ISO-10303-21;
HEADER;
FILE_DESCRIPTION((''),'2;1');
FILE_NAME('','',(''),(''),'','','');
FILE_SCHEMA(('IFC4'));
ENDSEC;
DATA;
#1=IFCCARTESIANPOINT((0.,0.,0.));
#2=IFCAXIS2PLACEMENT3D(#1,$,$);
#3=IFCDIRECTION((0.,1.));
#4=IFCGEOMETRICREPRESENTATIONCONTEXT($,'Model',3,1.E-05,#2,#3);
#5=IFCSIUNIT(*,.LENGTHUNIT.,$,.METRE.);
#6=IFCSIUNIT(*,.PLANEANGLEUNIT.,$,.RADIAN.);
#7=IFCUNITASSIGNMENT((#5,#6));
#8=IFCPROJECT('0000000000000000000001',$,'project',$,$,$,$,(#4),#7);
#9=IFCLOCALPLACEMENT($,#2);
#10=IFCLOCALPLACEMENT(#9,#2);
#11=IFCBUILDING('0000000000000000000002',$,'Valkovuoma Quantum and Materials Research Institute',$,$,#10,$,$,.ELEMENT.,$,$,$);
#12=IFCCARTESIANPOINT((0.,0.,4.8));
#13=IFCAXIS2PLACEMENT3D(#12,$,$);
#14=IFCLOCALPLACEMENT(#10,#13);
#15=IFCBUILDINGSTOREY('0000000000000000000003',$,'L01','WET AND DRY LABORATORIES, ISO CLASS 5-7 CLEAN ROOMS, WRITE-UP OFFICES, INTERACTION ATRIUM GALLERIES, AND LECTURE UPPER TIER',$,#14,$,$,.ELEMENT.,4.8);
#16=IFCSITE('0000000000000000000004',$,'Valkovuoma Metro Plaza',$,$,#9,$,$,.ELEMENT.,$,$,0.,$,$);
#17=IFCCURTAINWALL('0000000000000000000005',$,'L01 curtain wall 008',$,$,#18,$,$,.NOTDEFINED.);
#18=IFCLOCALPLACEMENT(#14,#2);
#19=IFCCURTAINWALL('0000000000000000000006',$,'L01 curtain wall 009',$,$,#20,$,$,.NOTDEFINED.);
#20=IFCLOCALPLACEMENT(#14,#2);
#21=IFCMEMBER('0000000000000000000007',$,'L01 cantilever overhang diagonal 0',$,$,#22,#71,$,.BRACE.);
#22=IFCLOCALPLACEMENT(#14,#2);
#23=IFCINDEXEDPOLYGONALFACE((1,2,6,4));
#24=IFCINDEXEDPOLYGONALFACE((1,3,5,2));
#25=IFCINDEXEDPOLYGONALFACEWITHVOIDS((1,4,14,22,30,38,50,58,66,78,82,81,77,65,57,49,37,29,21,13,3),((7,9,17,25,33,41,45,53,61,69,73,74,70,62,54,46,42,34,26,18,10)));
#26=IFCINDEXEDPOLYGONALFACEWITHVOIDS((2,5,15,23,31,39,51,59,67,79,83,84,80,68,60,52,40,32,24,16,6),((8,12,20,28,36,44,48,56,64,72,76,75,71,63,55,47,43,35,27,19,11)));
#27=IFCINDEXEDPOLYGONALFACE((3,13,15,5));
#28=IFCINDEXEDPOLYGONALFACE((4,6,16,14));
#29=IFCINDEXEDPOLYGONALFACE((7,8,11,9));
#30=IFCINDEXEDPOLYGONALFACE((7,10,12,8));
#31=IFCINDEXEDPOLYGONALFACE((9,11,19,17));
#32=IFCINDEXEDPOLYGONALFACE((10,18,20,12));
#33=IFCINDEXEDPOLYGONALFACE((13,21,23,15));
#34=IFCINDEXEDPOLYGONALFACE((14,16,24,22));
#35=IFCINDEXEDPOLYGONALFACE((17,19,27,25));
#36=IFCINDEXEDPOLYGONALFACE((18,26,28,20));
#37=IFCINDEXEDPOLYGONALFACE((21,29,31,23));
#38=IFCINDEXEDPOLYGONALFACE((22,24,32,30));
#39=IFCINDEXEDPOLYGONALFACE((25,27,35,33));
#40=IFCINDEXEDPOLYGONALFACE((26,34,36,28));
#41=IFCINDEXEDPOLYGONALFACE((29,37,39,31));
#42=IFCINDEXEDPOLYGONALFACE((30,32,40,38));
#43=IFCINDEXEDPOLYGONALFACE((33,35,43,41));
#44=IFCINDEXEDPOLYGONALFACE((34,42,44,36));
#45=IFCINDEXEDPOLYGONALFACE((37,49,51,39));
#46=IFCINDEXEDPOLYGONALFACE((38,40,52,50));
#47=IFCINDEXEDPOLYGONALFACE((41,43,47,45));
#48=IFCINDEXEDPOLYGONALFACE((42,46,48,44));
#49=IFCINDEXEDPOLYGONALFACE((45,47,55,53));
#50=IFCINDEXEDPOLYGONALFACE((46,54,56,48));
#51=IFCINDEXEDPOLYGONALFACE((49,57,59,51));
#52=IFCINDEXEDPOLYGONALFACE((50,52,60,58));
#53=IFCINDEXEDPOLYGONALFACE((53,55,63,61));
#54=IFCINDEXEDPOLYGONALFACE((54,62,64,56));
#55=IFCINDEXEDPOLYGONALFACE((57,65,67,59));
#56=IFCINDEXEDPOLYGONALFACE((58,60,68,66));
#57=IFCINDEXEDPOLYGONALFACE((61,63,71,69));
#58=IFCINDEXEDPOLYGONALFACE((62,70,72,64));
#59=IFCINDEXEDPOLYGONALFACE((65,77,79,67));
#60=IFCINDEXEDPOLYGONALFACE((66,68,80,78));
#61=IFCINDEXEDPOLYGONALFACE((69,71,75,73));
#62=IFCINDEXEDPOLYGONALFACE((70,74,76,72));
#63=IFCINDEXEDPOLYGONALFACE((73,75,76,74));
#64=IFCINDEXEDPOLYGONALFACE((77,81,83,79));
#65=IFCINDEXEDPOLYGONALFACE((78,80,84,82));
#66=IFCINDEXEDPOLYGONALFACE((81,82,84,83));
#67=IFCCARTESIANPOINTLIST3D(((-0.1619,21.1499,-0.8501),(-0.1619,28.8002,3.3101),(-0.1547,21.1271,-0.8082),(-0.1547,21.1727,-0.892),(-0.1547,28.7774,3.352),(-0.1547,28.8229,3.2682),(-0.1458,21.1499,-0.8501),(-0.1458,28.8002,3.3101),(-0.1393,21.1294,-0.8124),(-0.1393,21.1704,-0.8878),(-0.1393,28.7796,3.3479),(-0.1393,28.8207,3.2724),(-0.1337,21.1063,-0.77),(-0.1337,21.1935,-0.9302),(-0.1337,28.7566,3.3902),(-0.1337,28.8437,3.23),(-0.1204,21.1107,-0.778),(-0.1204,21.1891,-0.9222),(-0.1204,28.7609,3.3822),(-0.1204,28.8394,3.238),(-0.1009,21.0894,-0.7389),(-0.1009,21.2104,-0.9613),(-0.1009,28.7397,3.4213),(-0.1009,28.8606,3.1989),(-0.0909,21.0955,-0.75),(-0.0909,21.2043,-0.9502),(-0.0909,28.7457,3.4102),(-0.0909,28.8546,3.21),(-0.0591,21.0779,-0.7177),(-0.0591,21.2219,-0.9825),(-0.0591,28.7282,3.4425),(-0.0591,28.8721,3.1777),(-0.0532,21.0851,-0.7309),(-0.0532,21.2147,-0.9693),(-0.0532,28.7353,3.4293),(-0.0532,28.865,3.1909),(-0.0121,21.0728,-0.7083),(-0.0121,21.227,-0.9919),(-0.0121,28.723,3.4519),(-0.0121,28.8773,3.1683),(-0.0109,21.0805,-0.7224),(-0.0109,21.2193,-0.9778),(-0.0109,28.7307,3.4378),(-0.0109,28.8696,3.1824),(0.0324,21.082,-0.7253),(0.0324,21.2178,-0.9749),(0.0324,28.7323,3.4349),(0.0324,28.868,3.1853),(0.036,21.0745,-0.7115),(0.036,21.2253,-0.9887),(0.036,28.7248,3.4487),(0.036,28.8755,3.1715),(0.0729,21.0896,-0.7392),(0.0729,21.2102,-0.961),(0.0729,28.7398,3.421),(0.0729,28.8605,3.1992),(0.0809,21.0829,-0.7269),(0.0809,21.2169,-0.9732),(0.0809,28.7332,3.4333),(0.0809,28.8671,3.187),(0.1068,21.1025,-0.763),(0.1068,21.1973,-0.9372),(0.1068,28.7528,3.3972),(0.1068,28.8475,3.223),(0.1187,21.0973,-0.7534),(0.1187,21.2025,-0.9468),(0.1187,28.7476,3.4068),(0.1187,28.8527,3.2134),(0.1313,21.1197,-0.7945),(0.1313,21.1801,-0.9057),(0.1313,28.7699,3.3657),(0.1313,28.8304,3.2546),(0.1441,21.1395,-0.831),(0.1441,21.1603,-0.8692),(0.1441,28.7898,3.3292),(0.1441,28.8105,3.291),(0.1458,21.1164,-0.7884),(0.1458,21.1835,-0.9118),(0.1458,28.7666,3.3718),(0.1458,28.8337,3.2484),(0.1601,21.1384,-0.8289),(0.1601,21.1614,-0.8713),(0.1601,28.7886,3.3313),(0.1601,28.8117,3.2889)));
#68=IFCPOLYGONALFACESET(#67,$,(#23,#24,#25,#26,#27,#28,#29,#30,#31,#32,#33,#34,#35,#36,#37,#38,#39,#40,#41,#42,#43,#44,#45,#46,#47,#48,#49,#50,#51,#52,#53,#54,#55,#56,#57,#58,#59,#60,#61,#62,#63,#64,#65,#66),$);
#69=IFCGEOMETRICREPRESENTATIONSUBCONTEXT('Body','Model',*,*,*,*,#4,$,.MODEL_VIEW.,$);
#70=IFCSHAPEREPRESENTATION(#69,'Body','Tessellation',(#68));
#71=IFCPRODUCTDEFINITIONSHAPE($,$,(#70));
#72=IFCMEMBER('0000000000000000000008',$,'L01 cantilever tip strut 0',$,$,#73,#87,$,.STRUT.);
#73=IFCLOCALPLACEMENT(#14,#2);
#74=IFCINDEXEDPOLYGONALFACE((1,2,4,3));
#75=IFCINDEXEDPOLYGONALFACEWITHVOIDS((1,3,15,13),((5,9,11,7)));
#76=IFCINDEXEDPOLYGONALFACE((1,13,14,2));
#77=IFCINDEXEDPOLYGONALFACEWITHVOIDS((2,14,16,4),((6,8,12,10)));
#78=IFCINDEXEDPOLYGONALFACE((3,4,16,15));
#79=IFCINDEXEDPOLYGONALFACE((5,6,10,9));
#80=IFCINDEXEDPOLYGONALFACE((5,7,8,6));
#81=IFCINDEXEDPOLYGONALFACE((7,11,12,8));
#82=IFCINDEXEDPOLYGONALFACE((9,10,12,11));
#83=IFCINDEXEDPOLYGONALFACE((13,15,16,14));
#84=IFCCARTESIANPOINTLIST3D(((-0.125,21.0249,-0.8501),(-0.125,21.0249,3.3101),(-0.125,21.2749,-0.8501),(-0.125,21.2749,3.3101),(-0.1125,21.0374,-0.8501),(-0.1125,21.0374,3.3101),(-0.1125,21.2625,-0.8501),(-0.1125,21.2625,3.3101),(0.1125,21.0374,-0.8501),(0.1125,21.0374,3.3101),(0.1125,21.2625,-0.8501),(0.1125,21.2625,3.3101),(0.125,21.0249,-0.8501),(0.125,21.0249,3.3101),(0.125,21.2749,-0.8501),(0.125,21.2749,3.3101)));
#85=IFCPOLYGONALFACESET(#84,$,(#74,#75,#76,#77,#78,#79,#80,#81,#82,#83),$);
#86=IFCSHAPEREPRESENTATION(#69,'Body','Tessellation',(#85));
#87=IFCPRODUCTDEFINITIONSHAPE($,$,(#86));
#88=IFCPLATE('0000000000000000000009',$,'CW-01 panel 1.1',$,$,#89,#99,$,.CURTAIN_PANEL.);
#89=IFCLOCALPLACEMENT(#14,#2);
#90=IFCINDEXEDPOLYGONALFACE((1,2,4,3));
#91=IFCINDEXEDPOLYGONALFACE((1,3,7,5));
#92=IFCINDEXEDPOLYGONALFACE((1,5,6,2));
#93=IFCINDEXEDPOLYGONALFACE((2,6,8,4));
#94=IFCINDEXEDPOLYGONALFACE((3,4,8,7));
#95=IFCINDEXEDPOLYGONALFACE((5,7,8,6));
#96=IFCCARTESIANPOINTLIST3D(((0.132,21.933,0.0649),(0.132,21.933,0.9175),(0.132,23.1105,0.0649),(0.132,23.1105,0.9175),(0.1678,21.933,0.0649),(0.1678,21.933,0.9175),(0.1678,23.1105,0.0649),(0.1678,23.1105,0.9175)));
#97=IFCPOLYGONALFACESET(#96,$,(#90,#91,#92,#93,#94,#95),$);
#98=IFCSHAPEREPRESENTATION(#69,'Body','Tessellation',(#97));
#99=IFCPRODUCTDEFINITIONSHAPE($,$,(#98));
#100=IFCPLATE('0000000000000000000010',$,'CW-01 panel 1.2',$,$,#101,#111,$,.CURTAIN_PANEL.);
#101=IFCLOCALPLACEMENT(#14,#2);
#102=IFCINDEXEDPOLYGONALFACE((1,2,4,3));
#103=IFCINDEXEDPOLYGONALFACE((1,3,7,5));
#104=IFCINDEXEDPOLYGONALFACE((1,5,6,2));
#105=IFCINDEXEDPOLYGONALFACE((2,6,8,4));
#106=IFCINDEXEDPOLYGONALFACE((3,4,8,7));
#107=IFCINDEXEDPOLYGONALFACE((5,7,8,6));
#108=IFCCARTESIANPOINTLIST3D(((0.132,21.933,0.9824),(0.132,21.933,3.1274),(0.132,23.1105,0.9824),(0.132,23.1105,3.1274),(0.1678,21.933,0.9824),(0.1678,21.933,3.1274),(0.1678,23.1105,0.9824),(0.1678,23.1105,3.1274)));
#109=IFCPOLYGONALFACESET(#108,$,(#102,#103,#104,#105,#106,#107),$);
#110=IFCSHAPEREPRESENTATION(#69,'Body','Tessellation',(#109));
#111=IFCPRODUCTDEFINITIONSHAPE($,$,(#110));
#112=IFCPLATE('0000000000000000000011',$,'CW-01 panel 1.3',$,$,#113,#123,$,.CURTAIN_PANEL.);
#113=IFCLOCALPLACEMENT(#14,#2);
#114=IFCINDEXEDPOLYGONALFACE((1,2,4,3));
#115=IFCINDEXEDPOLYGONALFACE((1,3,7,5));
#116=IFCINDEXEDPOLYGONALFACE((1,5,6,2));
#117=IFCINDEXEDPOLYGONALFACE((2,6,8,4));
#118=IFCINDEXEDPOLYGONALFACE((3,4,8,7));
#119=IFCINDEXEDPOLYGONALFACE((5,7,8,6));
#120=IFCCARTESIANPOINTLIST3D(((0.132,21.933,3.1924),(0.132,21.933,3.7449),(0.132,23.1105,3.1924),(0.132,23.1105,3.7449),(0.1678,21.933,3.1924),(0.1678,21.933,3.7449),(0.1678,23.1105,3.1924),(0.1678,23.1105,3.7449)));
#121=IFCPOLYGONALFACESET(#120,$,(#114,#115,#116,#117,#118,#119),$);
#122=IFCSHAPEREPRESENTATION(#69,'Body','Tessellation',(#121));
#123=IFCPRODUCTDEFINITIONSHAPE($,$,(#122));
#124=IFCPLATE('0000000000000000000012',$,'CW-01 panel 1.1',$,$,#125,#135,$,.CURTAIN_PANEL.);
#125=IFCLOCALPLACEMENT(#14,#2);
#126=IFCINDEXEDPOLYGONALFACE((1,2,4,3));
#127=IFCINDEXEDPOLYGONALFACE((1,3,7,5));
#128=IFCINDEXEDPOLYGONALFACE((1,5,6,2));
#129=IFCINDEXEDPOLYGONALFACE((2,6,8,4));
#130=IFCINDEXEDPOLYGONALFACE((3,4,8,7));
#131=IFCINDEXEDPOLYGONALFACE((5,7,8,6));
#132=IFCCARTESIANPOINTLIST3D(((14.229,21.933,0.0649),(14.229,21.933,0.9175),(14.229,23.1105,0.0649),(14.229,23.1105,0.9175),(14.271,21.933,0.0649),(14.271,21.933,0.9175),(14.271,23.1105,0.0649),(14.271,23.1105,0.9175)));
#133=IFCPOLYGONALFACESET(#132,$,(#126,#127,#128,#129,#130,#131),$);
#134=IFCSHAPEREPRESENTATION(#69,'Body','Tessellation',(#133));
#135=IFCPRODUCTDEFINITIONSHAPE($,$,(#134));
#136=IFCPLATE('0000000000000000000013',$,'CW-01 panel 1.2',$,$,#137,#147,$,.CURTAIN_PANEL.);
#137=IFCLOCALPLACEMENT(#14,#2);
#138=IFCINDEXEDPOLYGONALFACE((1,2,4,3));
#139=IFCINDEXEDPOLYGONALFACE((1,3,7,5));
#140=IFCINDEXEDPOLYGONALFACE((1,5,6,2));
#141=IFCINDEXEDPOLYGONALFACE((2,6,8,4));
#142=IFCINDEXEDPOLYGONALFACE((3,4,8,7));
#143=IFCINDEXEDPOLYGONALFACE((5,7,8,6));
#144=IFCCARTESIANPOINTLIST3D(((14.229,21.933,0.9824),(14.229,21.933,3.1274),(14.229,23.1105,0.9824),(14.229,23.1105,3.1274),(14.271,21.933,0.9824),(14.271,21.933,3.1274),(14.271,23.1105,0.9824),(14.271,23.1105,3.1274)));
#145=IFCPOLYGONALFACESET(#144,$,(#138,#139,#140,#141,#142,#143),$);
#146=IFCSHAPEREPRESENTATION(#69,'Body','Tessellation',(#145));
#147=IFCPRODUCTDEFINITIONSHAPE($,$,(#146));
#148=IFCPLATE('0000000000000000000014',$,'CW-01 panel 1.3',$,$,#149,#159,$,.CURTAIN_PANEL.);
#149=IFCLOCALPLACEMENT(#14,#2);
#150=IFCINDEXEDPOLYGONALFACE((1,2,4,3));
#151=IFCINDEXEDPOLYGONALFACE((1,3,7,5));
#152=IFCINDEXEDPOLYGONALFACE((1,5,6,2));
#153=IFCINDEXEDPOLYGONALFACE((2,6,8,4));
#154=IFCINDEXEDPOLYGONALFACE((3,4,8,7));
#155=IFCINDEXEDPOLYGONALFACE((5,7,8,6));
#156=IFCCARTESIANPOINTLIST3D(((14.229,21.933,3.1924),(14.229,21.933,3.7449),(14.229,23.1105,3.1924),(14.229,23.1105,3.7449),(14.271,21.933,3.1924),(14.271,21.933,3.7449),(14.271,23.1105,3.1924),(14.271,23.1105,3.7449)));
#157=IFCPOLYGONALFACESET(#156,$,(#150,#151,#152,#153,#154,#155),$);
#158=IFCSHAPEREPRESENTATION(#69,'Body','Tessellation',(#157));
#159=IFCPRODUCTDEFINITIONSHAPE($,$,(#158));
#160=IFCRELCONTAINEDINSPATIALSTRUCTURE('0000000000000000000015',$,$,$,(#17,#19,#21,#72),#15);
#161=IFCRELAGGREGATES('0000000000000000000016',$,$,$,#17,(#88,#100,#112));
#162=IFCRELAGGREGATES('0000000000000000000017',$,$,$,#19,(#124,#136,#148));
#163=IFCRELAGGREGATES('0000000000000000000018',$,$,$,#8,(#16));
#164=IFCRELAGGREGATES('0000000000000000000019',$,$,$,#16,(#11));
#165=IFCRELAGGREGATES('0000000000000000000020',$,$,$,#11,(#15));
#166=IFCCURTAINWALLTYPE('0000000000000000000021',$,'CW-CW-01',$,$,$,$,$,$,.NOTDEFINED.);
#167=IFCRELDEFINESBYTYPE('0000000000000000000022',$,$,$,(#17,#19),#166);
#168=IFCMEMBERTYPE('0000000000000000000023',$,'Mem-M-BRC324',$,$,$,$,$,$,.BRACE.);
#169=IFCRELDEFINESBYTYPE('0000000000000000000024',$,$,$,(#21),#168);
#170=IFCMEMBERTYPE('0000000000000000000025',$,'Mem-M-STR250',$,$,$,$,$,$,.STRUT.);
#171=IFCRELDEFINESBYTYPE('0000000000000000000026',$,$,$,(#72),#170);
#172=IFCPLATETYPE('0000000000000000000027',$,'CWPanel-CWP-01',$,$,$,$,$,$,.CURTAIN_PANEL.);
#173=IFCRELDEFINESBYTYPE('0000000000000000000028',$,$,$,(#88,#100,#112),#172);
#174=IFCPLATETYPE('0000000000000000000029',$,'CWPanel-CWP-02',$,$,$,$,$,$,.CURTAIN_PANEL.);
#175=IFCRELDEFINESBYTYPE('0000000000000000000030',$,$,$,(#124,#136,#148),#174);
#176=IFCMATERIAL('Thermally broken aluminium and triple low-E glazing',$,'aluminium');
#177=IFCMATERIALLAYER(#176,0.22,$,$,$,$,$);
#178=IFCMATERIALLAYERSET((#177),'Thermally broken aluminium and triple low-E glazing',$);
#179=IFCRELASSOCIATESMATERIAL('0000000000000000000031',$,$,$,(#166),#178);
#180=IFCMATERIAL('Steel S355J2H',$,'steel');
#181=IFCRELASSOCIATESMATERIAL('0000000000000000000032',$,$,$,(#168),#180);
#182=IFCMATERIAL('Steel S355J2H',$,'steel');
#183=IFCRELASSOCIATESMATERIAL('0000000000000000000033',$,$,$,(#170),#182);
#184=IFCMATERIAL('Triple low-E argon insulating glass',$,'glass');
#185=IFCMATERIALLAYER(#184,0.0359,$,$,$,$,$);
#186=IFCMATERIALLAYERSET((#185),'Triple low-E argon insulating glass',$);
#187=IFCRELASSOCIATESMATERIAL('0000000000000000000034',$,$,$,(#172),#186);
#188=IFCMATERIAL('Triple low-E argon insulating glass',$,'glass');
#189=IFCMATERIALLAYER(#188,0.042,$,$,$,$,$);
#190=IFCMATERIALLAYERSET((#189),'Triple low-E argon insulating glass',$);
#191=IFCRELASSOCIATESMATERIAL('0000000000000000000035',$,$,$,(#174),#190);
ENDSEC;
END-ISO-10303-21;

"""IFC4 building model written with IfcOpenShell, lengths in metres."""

from ifc_helpers import new_model, si_unit, direction, frame, origin, origin_2d, place, context, subcontext, project, spatial, rectangle, hollow_rectangle, hollow_circle, extrude, material, layer, layer_set, material_profile, profile_set, type_object, element, aggregate, save


model = new_model("IFC4")

# Units and contexts
model_context = context("Model", 3, precision=1e-05, world=origin(), true_north=direction((0.0, 1.0)))
body_context = subcontext(model_context, "Body", "Model", "MODEL_VIEW")
ifc_project = project(units=[si_unit("LENGTHUNIT", "METRE"), si_unit("PLANEANGLEUNIT", "RADIAN")], contexts=[model_context])

# Site, building, storey
site_placement = place(None, origin())
site = spatial("IfcSite", under=ifc_project, at=site_placement, Name="Valkovuoma Metro Plaza", CompositionType="ELEMENT", RefElevation=0.0)
building_placement = place(site_placement, origin())
building = spatial("IfcBuilding", under=site, at=building_placement, Name="Valkovuoma Quantum and Materials Research Institute", CompositionType="ELEMENT")
storey_placement = place(building_placement, frame((0.0, 0.0, 4.8)))
storey = spatial("IfcBuildingStorey", under=building, at=storey_placement, Name="L01", Description="WET AND DRY LABORATORIES, ISO CLASS 5-7 CLEAN ROOMS, WRITE-UP OFFICES, INTERACTION ATRIUM GALLERIES, AND LECTURE UPPER TIER", CompositionType="ELEMENT", Elevation=4.8)

# Curtain wall
ifc_material_1 = material(Name="Thermally broken aluminium and triple low-E glazing", Category="aluminium")
ifc_layer_1 = layer(ifc_material_1, 0.22)
ifc_layer_set_1 = layer_set([ifc_layer_1], Name="Thermally broken aluminium and triple low-E glazing")
curtain_wall_type = type_object("IfcCurtainWallType", Name="CW-CW-01", PredefinedType="NOTDEFINED", material=ifc_layer_set_1)
curtain_wall_1_placement = place(storey_placement, origin())
curtain_wall_1 = element("IfcCurtainWall", 1, at=curtain_wall_1_placement, inside=storey, type_object=curtain_wall_type, Name="L01 curtain wall 008", PredefinedType="NOTDEFINED")

# Curtain wall
curtain_wall_2_placement = place(storey_placement, origin())
curtain_wall_2 = element("IfcCurtainWall", 2, at=curtain_wall_2_placement, inside=storey, type_object=curtain_wall_type, Name="L01 curtain wall 009", PredefinedType="NOTDEFINED")

# Members
ifc_material_2 = material(Name="Steel S355J2H", Category="steel")
ifc_material_profile_1 = material_profile(ifc_material_2, hollow_circle(Radius=0.1619, WallThickness=0.0161, at=origin_2d()), Name="Steel S355J2H")
ifc_profile_set_1 = profile_set([ifc_material_profile_1], Name="Steel S355J2H")
member_type_1 = type_object("IfcMemberType", Name="Mem-M-BRC324", PredefinedType="BRACE", material=ifc_profile_set_1)
member_1_placement = place(storey_placement, frame((0.0, 21.1499, -0.8501), z_axis=(0.0, 0.878506, 0.477732), x_axis=(-1.0, 0.0, 0.0)))
element("IfcMember", 3, at=member_1_placement, inside=storey, type_object=member_type_1, Name="L01 cantilever overhang diagonal 0", PredefinedType="BRACE", context=body_context, shape_type="SweptSolid", body=[
    extrude(hollow_circle(Radius=0.1619, WallThickness=0.0161, at=origin_2d()), origin(), (0.0, 0.0, 1.0), 8.7083),
])
ifc_material_3 = material(Name="Steel S355J2H", Category="steel")
ifc_material_profile_2 = material_profile(ifc_material_3, hollow_rectangle(XDim=0.25, YDim=0.25, WallThickness=0.0125, at=origin_2d()), Name="Steel S355J2H")
ifc_profile_set_2 = profile_set([ifc_material_profile_2], Name="Steel S355J2H")
member_type_2 = type_object("IfcMemberType", Name="Mem-M-STR250", PredefinedType="STRUT", material=ifc_profile_set_2)
member_2_placement = place(storey_placement, frame((0.0, 21.1499, -0.8501), z_axis=(0.0, 0.0, 1.0), x_axis=(1.0, 0.0, 0.0)))
element("IfcMember", 4, at=member_2_placement, inside=storey, type_object=member_type_2, Name="L01 cantilever tip strut 0", PredefinedType="STRUT", context=body_context, shape_type="SweptSolid", body=[
    extrude(hollow_rectangle(XDim=0.25, YDim=0.25, WallThickness=0.0125, at=origin_2d()), origin(), (0.0, 0.0, 1.0), 4.1602),
])

# Plates
ifc_material_4 = material(Name="Triple low-E argon insulating glass", Category="glass")
ifc_layer_2 = layer(ifc_material_4, 0.0359)
ifc_layer_set_2 = layer_set([ifc_layer_2], Name="Triple low-E argon insulating glass")
plate_type_1 = type_object("IfcPlateType", Name="CWPanel-CWP-01", PredefinedType="CURTAIN_PANEL", material=ifc_layer_set_2)
plate_1_placement = place(storey_placement, frame((0.1499, 22.5217, 0.0649), z_axis=(0.0, 0.0, 1.0), x_axis=(0.0, 1.0, 0.0)))
plate_1 = element("IfcPlate", 5, at=plate_1_placement, type_object=plate_type_1, Name="CW-01 panel 1.1", PredefinedType="CURTAIN_PANEL", context=body_context, shape_type="SweptSolid", body=[
    extrude(rectangle(XDim=1.1775, YDim=0.0359, at=origin_2d()), origin(), (0.0, 0.0, 1.0), 0.8525),
])
plate_2_placement = place(storey_placement, frame((0.1499, 22.5217, 0.9824), z_axis=(0.0, 0.0, 1.0), x_axis=(0.0, 1.0, 0.0)))
plate_2 = element("IfcPlate", 6, at=plate_2_placement, type_object=plate_type_1, Name="CW-01 panel 1.2", PredefinedType="CURTAIN_PANEL", context=body_context, shape_type="SweptSolid", body=[
    extrude(rectangle(XDim=1.1775, YDim=0.0359, at=origin_2d()), origin(), (0.0, 0.0, 1.0), 2.145),
])
plate_3_placement = place(storey_placement, frame((0.1499, 22.5217, 3.1924), z_axis=(0.0, 0.0, 1.0), x_axis=(0.0, 1.0, 0.0)))
plate_3 = element("IfcPlate", 7, at=plate_3_placement, type_object=plate_type_1, Name="CW-01 panel 1.3", PredefinedType="CURTAIN_PANEL", context=body_context, shape_type="SweptSolid", body=[
    extrude(rectangle(XDim=1.1775, YDim=0.0359, at=origin_2d()), origin(), (0.0, 0.0, 1.0), 0.5525),
])
aggregate(curtain_wall_1, [plate_1, plate_2, plate_3])
ifc_material_5 = material(Name="Triple low-E argon insulating glass", Category="glass")
ifc_layer_3 = layer(ifc_material_5, 0.042)
ifc_layer_set_3 = layer_set([ifc_layer_3], Name="Triple low-E argon insulating glass")
plate_type_2 = type_object("IfcPlateType", Name="CWPanel-CWP-02", PredefinedType="CURTAIN_PANEL", material=ifc_layer_set_3)
plate_4_placement = place(storey_placement, frame((14.25, 22.5217, 0.0649), z_axis=(0.0, 0.0, 1.0), x_axis=(0.0, 1.0, 0.0)))
plate_4 = element("IfcPlate", 8, at=plate_4_placement, type_object=plate_type_2, Name="CW-01 panel 1.1", PredefinedType="CURTAIN_PANEL", context=body_context, shape_type="SweptSolid", body=[
    extrude(rectangle(XDim=1.1775, YDim=0.042, at=origin_2d()), origin(), (0.0, 0.0, 1.0), 0.8525),
])
plate_5_placement = place(storey_placement, frame((14.25, 22.5217, 0.9824), z_axis=(0.0, 0.0, 1.0), x_axis=(0.0, 1.0, 0.0)))
plate_5 = element("IfcPlate", 9, at=plate_5_placement, type_object=plate_type_2, Name="CW-01 panel 1.2", PredefinedType="CURTAIN_PANEL", context=body_context, shape_type="SweptSolid", body=[
    extrude(rectangle(XDim=1.1775, YDim=0.042, at=origin_2d()), origin(), (0.0, 0.0, 1.0), 2.145),
])
plate_6_placement = place(storey_placement, frame((14.25, 22.5217, 3.1924), z_axis=(0.0, 0.0, 1.0), x_axis=(0.0, 1.0, 0.0)))
plate_6 = element("IfcPlate", 10, at=plate_6_placement, type_object=plate_type_2, Name="CW-01 panel 1.3", PredefinedType="CURTAIN_PANEL", context=body_context, shape_type="SweptSolid", body=[
    extrude(rectangle(XDim=1.1775, YDim=0.042, at=origin_2d()), origin(), (0.0, 0.0, 1.0), 0.5525),
])
aggregate(curtain_wall_2, [plate_4, plate_5, plate_6])

save(model, "model.ifc")
